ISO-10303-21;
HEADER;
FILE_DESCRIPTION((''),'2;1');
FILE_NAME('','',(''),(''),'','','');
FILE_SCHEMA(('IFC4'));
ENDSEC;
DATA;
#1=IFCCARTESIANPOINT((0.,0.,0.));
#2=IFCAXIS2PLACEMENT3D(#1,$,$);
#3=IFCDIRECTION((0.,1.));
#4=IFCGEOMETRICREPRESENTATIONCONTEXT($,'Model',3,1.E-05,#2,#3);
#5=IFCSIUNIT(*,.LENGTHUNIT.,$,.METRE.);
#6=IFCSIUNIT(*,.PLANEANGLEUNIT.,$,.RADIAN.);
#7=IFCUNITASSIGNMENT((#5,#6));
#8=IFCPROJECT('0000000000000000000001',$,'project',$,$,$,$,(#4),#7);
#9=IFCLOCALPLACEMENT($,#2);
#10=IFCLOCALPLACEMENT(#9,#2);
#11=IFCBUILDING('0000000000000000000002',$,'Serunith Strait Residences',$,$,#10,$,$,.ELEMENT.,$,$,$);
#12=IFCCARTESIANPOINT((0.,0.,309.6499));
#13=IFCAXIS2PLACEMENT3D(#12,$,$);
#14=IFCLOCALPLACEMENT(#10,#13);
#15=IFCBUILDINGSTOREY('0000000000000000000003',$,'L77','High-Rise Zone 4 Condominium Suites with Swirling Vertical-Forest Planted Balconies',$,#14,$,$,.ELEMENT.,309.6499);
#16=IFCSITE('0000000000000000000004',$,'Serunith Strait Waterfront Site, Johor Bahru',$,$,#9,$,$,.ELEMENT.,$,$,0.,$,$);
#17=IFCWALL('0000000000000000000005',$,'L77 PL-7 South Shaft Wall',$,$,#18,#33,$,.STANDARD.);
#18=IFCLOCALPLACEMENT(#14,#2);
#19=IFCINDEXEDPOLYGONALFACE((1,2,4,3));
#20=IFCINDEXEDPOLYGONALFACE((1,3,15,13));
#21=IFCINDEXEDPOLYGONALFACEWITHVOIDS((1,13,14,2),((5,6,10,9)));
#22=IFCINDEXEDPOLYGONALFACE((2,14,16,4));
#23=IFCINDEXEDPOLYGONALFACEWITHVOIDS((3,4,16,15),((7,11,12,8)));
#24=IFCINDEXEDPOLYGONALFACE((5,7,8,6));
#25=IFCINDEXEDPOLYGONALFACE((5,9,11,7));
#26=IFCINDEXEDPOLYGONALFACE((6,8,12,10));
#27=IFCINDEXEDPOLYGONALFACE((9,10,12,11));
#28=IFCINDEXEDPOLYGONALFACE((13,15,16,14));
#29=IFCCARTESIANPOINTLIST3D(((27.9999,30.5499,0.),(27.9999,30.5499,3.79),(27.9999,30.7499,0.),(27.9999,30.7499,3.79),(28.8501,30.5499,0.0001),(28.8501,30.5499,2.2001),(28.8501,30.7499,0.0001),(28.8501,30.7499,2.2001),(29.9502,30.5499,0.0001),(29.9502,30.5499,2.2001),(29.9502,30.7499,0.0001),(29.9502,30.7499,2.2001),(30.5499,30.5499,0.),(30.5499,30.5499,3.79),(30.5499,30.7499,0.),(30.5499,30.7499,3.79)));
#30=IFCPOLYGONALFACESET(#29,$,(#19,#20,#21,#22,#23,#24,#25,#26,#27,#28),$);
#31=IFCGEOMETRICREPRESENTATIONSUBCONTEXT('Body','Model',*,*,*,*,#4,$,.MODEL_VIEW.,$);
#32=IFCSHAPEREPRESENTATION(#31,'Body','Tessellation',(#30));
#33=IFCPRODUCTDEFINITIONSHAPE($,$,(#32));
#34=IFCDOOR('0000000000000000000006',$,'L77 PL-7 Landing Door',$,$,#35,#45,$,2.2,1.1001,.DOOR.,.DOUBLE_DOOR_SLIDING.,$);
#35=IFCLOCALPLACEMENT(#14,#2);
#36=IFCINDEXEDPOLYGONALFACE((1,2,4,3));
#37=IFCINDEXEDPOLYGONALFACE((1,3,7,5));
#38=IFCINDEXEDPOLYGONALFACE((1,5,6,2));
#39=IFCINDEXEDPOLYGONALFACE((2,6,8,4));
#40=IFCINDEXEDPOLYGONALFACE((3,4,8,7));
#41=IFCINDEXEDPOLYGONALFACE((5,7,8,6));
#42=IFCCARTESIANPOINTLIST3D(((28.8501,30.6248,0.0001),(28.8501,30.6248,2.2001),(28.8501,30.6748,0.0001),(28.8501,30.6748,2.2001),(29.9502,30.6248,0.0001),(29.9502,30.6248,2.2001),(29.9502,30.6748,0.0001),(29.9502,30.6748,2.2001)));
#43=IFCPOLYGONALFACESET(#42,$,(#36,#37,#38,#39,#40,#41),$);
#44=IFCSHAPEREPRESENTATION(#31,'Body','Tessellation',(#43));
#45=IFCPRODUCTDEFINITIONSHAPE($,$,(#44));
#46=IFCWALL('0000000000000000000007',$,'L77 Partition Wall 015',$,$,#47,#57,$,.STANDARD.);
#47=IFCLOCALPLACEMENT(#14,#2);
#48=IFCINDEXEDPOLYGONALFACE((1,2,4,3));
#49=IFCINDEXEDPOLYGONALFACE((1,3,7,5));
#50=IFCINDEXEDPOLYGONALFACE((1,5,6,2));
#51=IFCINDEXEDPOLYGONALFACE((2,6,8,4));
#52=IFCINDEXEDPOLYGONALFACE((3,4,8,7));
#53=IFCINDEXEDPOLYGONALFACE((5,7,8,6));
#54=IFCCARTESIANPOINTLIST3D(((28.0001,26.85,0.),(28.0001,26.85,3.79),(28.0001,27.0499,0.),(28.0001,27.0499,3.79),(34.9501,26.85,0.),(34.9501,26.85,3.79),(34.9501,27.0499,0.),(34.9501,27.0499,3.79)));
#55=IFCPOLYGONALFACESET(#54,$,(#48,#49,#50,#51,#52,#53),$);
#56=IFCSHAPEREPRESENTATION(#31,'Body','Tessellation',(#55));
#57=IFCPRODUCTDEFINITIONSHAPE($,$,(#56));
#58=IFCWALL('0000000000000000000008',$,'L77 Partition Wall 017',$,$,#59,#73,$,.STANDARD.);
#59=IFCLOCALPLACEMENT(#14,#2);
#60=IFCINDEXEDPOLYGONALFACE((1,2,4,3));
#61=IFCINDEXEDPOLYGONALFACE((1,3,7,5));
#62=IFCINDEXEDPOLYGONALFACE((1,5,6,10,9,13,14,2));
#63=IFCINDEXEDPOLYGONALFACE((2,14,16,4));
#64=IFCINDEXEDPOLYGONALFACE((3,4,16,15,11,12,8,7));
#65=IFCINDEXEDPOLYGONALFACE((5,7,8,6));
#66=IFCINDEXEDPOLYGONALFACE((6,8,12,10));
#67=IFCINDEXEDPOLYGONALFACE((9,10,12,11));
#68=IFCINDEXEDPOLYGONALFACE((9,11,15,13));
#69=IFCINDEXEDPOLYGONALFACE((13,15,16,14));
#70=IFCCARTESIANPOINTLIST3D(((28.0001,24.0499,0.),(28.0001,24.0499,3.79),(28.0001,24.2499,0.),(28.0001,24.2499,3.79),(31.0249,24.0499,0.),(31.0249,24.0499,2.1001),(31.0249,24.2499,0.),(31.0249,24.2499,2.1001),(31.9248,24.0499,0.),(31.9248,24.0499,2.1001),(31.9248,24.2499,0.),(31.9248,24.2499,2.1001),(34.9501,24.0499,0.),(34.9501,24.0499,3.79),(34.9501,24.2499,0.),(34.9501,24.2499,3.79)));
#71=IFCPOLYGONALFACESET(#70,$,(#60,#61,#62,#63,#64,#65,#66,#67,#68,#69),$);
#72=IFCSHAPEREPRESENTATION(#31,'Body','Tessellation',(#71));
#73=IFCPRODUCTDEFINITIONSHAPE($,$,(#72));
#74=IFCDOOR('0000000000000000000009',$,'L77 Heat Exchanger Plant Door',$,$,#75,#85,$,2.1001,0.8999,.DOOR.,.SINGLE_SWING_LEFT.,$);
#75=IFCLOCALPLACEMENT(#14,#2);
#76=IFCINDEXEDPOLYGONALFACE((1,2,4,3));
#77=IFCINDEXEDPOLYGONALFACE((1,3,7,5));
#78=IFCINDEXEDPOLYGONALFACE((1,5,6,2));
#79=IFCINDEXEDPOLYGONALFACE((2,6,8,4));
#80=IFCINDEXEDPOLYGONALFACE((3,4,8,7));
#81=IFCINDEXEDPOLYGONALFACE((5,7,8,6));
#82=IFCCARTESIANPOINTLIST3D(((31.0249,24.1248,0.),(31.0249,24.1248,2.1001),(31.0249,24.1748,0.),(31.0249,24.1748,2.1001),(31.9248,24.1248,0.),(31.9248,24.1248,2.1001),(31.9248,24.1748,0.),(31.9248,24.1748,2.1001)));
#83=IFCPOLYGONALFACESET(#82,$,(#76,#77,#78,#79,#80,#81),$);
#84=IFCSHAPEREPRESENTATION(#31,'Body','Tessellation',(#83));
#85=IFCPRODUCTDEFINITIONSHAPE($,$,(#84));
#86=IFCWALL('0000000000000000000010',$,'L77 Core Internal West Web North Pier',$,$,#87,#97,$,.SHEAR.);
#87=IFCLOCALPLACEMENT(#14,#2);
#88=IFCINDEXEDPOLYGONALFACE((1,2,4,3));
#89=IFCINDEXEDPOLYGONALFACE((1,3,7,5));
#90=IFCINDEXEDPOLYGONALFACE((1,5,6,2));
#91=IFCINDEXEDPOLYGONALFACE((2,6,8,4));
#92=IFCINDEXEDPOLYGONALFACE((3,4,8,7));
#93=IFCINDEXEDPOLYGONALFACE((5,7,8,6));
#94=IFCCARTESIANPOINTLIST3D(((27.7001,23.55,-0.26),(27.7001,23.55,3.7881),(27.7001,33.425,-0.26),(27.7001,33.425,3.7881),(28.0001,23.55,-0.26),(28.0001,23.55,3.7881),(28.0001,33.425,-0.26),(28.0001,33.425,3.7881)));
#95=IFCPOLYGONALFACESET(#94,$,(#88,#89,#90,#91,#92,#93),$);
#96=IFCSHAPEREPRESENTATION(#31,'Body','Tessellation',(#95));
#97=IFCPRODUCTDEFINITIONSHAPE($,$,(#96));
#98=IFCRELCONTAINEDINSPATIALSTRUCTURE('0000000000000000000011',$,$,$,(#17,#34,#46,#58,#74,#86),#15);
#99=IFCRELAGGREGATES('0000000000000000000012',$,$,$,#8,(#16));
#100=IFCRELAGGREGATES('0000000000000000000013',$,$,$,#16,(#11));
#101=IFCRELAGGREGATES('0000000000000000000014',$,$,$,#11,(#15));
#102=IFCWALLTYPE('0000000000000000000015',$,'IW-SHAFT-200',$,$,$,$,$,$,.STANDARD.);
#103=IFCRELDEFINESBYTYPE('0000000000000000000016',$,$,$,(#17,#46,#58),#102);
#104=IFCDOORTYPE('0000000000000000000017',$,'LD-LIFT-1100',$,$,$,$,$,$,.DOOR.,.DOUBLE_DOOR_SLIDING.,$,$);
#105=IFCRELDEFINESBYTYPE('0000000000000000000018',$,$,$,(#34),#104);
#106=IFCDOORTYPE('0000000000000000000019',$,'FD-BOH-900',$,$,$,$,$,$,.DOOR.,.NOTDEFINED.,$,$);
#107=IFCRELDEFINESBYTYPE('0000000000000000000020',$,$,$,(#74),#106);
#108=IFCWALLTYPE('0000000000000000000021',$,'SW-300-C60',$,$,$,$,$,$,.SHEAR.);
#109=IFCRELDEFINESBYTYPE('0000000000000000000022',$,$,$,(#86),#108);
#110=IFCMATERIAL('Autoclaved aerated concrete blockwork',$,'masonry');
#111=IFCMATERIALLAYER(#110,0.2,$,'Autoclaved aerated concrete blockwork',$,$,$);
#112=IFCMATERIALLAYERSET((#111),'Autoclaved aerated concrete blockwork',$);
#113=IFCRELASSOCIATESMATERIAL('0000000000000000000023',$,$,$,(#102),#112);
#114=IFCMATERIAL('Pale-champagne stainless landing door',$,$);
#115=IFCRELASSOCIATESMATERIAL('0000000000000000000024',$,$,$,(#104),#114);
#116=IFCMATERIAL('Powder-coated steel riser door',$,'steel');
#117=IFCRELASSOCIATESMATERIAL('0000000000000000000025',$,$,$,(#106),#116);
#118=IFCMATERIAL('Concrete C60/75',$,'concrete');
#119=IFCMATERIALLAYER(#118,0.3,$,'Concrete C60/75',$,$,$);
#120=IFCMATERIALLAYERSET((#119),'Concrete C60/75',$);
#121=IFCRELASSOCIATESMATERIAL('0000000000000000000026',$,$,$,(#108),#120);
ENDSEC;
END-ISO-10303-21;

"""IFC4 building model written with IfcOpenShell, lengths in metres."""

from ifc_helpers import new_model, si_unit, direction, frame, frame_2d, origin, place, context, subcontext, project, spatial, rectangle, extrude, source, transform, mapped, material, layer, layer_set, type_object, element, fill, save


model = new_model("IFC4")

# Units and contexts
model_context = context("Model", 3, precision=1e-05, world=origin(), true_north=direction((0.0, 1.0)))
body_context = subcontext(model_context, "Body", "Model", "MODEL_VIEW")
ifc_project = project(units=[si_unit("LENGTHUNIT", "METRE"), si_unit("PLANEANGLEUNIT", "RADIAN")], contexts=[model_context])

# Site, building, storey
site_placement = place(None, origin())
site = spatial("IfcSite", under=ifc_project, at=site_placement, Name="Serunith Strait Waterfront Site, Johor Bahru", CompositionType="ELEMENT", RefElevation=0.0)
building_placement = place(site_placement, origin())
building = spatial("IfcBuilding", under=site, at=building_placement, Name="Serunith Strait Residences", CompositionType="ELEMENT")
storey_placement = place(building_placement, frame((0.0, 0.0, 309.6499)))
storey = spatial("IfcBuildingStorey", under=building, at=storey_placement, Name="L77", Description="High-Rise Zone 4 Condominium Suites with Swirling Vertical-Forest Planted Balconies", CompositionType="ELEMENT", Elevation=309.6499)

# Shared definitions
ifc_material_1 = material(Name="Concrete C60/75", Category="concrete")

# Wall, opening, door
shared_shape_1 = source(origin(), body_context, "Body", "SweptSolid", [
    extrude(rectangle(XDim=0.8999, YDim=2.1001, at=frame_2d((0.45, 1.05))), frame((0.0, 0.0249, 0.0), z_axis=(0.0, -1.0, 0.0), x_axis=(1.0, 0.0, 0.0)), (0.0, 0.0, 1.0), 0.05),
])
ifc_material_2 = material(Name="Autoclaved aerated concrete blockwork", Category="masonry")
ifc_layer_1 = layer(ifc_material_2, 0.2, Name="Autoclaved aerated concrete blockwork")
ifc_layer_set_1 = layer_set([ifc_layer_1], Name="Autoclaved aerated concrete blockwork")
wall_type_1 = type_object("IfcWallType", Name="IW-SHAFT-200", PredefinedType="STANDARD", material=ifc_layer_set_1)
wall_1_placement = place(storey_placement, frame((28.0, 30.6499, 0.0), z_axis=(0.0, 0.0, 1.0), x_axis=(1.0, 0.0, 0.0)))
wall_1 = element("IfcWall", 1, at=wall_1_placement, inside=storey, type_object=wall_type_1, Name="L77 PL-7 South Shaft Wall", PredefinedType="STANDARD", context=body_context, shape_type="SweptSolid", body=[
    extrude(rectangle(XDim=2.55, YDim=0.2, at=frame_2d((1.2749, 0.0))), origin(), (0.0, 0.0, 1.0), 3.79),
])
opening_1_placement = place(wall_1_placement, frame((0.8501, 0.0, 0.0)))
opening_1 = element("IfcOpeningElement", 2, at=opening_1_placement, cuts=wall_1, PredefinedType="OPENING", context=body_context, shape_type="SweptSolid", body=[
    extrude(rectangle(XDim=1.1001, YDim=2.2, at=frame_2d((0.55, 1.1001))), frame((0.0, 0.1099, 0.0), z_axis=(0.0, -1.0, 0.0), x_axis=(1.0, 0.0, 0.0)), (0.0, 0.0, 1.0), 0.22),
])
ifc_material_3 = material(Name="Pale-champagne stainless landing door")
door_type_1 = type_object("IfcDoorType", Name="LD-LIFT-1100", OperationType="DOUBLE_DOOR_SLIDING", PredefinedType="DOOR", material=ifc_material_3)
shared_shape_2 = source(origin(), body_context, "Body", "SweptSolid", [
    extrude(rectangle(XDim=1.1001, YDim=2.2, at=frame_2d((0.55, 1.1001))), frame((0.0, 0.0249, 0.0), z_axis=(0.0, -1.0, 0.0), x_axis=(1.0, 0.0, 0.0)), (0.0, 0.0, 1.0), 0.05),
])
door_1_placement = place(opening_1_placement, origin())
door_1 = element("IfcDoor", 3, at=door_1_placement, inside=storey, type_object=door_type_1, Name="L77 PL-7 Landing Door", OperationType="DOUBLE_DOOR_SLIDING", OverallHeight=2.2, OverallWidth=1.1001, PredefinedType="DOOR", context=body_context, shape_type="MappedRepresentation", body=[
    mapped(shared_shape_2, transform((0.0, 0.0, 0.0), scale=1.0)),
])
fill(opening_1, door_1)

# Wall
wall_2_placement = place(storey_placement, frame((28.0, 26.95, 0.0), z_axis=(0.0, 0.0, 1.0), x_axis=(1.0, 0.0, 0.0)))
element("IfcWall", 4, at=wall_2_placement, inside=storey, type_object=wall_type_1, Name="L77 Partition Wall 015", PredefinedType="STANDARD", context=body_context, shape_type="SweptSolid", body=[
    extrude(rectangle(XDim=6.95, YDim=0.2, at=frame_2d((3.4751, 0.0))), origin(), (0.0, 0.0, 1.0), 3.79),
])

# Wall, opening, door
wall_3_placement = place(storey_placement, frame((28.0, 24.1499, 0.0), z_axis=(0.0, 0.0, 1.0), x_axis=(1.0, 0.0, 0.0)))
wall_3 = element("IfcWall", 5, at=wall_3_placement, inside=storey, type_object=wall_type_1, Name="L77 Partition Wall 017", PredefinedType="STANDARD", context=body_context, shape_type="SweptSolid", body=[
    extrude(rectangle(XDim=6.95, YDim=0.2, at=frame_2d((3.4751, 0.0))), origin(), (0.0, 0.0, 1.0), 3.79),
])
opening_2_placement = place(wall_3_placement, frame((3.0249, 0.0, 0.0)))
opening_2 = element("IfcOpeningElement", 6, at=opening_2_placement, cuts=wall_3, PredefinedType="OPENING", context=body_context, shape_type="SweptSolid", body=[
    extrude(rectangle(XDim=0.8999, YDim=2.1001, at=frame_2d((0.45, 1.05))), frame((0.0, 0.1099, 0.0), z_axis=(0.0, -1.0, 0.0), x_axis=(1.0, 0.0, 0.0)), (0.0, 0.0, 1.0), 0.22),
])
ifc_material_4 = material(Name="Powder-coated steel riser door", Category="steel")
door_type_2 = type_object("IfcDoorType", Name="FD-BOH-900", OperationType="NOTDEFINED", PredefinedType="DOOR", material=ifc_material_4)
door_2_placement = place(opening_2_placement, origin())
door_2 = element("IfcDoor", 7, at=door_2_placement, inside=storey, type_object=door_type_2, Name="L77 Heat Exchanger Plant Door", OperationType="SINGLE_SWING_LEFT", OverallHeight=2.1001, OverallWidth=0.8999, PredefinedType="DOOR", context=body_context, shape_type="MappedRepresentation", body=[
    mapped(shared_shape_1, transform((0.0, 0.0, 0.0), scale=1.0)),
])
fill(opening_2, door_2)

# Wall
ifc_layer_2 = layer(ifc_material_1, 0.3, Name="Concrete C60/75")
ifc_layer_set_2 = layer_set([ifc_layer_2], Name="Concrete C60/75")
wall_type_2 = type_object("IfcWallType", Name="SW-300-C60", PredefinedType="SHEAR", material=ifc_layer_set_2)
wall_4_placement = place(storey_placement, frame((27.8501, 23.55, -0.26), z_axis=(0.0, 0.0, 1.0), x_axis=(0.0, 1.0, 0.0)))
element("IfcWall", 8, at=wall_4_placement, inside=storey, type_object=wall_type_2, Name="L77 Core Internal West Web North Pier", PredefinedType="SHEAR", context=body_context, shape_type="SweptSolid", body=[
    extrude(rectangle(XDim=9.875, YDim=0.3, at=frame_2d((4.9375, 0.0))), origin(), (0.0, 0.0, 1.0), 4.0481),
])

save(model, "model.ifc")
